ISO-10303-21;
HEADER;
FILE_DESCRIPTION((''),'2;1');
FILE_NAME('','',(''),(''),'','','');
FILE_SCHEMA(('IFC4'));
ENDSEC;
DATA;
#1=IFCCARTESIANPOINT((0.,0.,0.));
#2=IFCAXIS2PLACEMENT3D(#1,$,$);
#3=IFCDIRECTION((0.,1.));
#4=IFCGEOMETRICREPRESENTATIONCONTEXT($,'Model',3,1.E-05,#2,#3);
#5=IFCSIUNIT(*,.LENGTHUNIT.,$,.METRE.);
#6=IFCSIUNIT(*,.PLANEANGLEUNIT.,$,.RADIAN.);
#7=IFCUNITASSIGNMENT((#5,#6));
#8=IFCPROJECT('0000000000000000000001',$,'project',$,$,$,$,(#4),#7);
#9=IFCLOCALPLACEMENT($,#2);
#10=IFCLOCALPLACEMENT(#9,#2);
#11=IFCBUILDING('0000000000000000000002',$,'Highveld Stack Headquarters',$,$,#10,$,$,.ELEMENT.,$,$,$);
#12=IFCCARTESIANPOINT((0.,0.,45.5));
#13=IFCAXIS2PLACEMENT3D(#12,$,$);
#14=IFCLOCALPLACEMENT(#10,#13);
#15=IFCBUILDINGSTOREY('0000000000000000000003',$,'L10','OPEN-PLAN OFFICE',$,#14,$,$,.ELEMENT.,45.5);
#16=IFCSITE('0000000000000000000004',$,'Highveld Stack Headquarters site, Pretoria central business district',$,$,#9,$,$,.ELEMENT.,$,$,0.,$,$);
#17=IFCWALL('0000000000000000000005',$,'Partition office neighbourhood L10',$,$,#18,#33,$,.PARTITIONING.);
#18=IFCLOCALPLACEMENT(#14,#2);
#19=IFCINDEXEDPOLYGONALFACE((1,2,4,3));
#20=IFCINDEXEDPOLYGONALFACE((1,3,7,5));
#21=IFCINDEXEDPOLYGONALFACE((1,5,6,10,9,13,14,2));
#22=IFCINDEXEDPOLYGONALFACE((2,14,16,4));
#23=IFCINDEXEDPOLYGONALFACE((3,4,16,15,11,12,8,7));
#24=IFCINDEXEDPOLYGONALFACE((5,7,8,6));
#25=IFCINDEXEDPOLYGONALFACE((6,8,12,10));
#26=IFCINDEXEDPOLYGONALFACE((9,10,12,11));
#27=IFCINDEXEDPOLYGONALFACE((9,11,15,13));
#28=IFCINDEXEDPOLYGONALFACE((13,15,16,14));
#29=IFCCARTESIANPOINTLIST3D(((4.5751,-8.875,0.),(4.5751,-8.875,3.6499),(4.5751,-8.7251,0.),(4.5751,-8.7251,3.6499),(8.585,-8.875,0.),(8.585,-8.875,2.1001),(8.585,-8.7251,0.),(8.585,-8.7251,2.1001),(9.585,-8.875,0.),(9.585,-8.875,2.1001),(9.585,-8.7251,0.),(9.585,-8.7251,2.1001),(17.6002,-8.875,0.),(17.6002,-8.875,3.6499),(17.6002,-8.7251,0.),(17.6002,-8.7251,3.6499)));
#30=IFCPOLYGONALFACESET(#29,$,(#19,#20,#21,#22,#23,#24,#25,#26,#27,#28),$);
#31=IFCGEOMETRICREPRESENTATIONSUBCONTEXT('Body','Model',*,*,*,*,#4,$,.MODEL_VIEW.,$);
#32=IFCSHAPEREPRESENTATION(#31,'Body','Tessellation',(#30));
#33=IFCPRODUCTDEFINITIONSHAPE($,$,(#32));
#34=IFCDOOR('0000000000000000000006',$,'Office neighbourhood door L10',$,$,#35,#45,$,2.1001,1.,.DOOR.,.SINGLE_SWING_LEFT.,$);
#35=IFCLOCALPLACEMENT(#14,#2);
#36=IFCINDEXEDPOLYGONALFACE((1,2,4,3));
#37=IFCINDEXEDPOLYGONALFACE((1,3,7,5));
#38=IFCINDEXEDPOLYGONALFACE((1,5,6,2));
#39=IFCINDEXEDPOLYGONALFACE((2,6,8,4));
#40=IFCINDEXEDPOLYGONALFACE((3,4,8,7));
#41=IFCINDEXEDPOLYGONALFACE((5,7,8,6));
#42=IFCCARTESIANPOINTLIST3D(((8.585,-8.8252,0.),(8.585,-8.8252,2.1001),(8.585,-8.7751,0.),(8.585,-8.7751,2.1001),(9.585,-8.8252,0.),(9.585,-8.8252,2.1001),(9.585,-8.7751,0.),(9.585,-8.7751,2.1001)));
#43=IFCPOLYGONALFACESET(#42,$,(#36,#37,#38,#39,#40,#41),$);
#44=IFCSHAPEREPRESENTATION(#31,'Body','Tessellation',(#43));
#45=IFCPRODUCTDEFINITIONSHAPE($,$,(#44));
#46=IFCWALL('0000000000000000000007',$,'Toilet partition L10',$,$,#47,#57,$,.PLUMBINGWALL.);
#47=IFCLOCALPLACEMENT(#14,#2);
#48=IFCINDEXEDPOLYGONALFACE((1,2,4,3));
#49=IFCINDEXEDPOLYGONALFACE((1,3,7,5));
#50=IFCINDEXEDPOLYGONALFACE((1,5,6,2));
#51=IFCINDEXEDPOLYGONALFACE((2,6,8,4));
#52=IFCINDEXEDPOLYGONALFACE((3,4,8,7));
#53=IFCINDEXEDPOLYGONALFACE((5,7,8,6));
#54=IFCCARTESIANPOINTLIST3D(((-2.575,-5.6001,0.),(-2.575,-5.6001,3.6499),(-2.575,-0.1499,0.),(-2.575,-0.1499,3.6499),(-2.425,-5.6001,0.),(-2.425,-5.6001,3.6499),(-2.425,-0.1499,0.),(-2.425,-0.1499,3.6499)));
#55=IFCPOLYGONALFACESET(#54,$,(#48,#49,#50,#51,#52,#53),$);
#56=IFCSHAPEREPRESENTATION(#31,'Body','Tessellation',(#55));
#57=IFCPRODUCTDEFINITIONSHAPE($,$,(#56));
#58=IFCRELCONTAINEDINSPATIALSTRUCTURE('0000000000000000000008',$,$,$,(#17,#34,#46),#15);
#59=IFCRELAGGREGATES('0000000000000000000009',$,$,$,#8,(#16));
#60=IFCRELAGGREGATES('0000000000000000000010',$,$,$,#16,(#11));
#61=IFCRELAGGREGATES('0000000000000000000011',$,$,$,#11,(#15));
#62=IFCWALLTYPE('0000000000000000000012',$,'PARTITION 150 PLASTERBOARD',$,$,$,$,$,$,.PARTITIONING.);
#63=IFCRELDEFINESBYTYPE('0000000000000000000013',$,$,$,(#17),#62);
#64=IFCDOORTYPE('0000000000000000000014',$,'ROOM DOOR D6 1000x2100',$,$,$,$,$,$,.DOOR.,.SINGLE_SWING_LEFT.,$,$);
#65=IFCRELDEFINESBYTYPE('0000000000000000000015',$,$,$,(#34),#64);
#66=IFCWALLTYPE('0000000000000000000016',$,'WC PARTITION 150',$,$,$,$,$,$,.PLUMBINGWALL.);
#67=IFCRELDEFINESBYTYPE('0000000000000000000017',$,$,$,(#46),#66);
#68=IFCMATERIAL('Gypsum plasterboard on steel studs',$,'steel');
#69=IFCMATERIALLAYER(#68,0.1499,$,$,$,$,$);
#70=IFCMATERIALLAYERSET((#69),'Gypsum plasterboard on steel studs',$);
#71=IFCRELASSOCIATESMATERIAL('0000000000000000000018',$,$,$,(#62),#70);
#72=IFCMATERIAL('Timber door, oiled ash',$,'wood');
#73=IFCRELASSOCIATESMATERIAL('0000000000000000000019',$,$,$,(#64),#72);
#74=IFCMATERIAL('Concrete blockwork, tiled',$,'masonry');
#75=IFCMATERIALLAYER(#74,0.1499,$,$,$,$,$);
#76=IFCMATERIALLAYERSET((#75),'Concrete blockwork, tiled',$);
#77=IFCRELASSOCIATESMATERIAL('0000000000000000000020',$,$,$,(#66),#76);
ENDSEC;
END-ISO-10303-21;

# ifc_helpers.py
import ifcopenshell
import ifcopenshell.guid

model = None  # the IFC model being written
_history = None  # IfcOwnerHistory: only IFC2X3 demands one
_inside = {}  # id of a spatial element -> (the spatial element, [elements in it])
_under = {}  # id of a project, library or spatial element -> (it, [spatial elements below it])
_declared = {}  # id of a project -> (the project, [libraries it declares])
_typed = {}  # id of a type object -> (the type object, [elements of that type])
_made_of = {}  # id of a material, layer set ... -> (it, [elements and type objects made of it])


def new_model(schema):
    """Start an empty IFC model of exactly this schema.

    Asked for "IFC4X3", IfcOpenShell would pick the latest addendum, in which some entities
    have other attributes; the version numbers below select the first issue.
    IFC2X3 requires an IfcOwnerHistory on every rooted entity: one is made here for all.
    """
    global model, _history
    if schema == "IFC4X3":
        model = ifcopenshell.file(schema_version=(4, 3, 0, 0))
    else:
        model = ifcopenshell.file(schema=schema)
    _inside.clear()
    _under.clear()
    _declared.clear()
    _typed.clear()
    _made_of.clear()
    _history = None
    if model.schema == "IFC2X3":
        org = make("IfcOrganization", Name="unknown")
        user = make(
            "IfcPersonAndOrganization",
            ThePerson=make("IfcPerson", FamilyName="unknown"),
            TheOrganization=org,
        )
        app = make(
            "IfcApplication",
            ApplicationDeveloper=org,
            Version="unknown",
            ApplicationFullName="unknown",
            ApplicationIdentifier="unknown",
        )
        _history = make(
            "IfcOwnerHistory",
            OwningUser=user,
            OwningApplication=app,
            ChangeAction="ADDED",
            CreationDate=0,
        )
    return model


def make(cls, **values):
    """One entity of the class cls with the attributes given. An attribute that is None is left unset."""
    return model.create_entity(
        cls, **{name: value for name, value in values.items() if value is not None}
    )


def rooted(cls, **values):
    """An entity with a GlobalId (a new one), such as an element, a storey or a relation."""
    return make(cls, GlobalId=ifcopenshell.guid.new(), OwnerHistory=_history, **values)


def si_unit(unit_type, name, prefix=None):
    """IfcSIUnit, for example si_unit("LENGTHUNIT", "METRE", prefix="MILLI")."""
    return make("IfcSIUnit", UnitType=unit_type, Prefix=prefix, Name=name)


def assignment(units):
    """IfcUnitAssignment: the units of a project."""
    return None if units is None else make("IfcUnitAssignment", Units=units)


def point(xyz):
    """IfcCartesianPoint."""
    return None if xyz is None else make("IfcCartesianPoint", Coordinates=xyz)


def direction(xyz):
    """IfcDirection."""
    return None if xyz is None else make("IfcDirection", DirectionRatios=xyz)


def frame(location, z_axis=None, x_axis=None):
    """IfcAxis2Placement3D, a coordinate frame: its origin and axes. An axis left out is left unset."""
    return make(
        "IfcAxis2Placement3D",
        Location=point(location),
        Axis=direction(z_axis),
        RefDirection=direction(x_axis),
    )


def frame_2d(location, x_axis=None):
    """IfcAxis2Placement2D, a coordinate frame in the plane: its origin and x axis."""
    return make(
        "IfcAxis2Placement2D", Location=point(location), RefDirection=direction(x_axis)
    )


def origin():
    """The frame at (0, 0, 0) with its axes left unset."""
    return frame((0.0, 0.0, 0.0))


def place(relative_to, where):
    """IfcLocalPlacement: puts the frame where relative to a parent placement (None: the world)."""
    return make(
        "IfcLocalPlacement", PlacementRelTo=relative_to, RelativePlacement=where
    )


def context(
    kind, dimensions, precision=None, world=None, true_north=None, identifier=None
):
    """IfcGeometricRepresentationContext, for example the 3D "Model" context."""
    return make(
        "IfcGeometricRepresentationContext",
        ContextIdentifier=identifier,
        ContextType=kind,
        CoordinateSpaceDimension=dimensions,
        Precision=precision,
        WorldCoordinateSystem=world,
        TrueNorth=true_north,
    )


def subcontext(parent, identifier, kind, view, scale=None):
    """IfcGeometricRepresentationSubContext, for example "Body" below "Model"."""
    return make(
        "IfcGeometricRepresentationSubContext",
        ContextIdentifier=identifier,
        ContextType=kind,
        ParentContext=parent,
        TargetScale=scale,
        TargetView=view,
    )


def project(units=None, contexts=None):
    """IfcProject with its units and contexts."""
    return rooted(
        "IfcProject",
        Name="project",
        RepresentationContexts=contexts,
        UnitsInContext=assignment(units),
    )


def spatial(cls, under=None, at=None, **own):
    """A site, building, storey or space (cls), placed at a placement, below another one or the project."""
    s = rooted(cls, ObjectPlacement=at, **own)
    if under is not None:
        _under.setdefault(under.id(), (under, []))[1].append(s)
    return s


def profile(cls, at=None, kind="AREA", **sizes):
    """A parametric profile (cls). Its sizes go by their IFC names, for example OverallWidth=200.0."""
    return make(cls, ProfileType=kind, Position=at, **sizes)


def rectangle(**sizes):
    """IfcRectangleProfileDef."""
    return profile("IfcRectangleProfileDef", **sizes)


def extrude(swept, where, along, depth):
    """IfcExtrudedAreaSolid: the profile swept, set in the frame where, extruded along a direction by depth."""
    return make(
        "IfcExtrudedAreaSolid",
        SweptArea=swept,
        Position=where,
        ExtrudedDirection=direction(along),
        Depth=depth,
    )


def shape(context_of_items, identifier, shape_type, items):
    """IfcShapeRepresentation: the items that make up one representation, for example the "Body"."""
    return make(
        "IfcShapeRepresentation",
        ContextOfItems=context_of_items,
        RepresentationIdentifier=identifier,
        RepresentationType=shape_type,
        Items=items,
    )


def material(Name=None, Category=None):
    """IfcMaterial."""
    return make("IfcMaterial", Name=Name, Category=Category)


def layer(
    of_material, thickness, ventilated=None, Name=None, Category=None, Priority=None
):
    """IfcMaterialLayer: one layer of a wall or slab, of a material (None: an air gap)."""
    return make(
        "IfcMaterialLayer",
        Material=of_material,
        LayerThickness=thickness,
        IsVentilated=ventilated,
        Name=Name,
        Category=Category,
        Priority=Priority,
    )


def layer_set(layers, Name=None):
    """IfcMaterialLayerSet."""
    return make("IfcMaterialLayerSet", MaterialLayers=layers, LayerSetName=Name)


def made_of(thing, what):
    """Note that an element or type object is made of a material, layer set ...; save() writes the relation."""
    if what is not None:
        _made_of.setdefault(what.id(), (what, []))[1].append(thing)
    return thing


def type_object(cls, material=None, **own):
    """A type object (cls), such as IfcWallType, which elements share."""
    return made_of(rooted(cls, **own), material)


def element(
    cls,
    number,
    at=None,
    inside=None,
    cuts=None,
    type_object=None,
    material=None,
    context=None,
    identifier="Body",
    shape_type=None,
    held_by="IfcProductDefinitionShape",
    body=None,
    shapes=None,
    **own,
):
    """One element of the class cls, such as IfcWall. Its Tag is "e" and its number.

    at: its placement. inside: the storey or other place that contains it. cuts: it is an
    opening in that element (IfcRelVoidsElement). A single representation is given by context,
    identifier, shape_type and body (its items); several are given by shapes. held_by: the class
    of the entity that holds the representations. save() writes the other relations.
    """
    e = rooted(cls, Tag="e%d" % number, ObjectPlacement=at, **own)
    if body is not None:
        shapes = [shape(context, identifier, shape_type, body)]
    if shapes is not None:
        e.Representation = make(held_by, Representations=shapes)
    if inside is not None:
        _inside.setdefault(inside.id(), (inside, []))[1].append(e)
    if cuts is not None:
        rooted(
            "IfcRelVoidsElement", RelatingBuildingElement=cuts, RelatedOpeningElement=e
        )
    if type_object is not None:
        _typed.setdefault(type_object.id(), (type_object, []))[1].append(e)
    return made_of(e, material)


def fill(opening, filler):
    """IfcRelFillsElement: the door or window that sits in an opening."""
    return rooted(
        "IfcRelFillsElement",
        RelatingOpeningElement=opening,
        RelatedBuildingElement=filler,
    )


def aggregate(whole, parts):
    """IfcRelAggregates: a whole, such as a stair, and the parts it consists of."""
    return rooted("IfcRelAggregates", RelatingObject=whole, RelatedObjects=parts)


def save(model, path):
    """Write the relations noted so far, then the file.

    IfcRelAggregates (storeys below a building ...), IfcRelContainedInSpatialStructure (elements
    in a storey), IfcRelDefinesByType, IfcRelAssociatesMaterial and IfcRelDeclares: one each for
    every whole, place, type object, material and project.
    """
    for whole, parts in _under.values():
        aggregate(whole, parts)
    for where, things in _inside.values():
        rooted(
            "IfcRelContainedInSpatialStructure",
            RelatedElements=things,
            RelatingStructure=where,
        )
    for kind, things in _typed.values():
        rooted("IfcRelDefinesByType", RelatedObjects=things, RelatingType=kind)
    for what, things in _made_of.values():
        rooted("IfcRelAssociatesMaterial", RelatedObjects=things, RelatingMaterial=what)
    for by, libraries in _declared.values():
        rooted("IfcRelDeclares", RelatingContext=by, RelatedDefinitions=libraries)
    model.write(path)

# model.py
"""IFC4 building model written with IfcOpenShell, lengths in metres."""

from ifc_helpers import new_model, si_unit, direction, frame, frame_2d, origin, place, context, subcontext, project, spatial, rectangle, extrude, material, layer, layer_set, type_object, element, fill, save


model = new_model("IFC4")

# Units and contexts
model_context = context("Model", 3, precision=1e-05, world=origin(), true_north=direction((0.0, 1.0)))
body_context = subcontext(model_context, "Body", "Model", "MODEL_VIEW")
ifc_project = project(units=[si_unit("LENGTHUNIT", "METRE"), si_unit("PLANEANGLEUNIT", "RADIAN")], contexts=[model_context])

# Site, building, storey
site_placement = place(None, origin())
site = spatial("IfcSite", under=ifc_project, at=site_placement, Name="Highveld Stack Headquarters site, Pretoria central business district", CompositionType="ELEMENT", RefElevation=0.0)
building_placement = place(site_placement, origin())
building = spatial("IfcBuilding", under=site, at=building_placement, Name="Highveld Stack Headquarters", CompositionType="ELEMENT")
storey_placement = place(building_placement, frame((0.0, 0.0, 45.5)))
storey = spatial("IfcBuildingStorey", under=building, at=storey_placement, Name="L10", Description="OPEN-PLAN OFFICE", CompositionType="ELEMENT", Elevation=45.5)

# Shared definitions
ifc_material_1 = material(Name="Gypsum plasterboard on steel studs", Category="steel")
ifc_layer_1 = layer(ifc_material_1, 0.1499)
ifc_layer_set_1 = layer_set([ifc_layer_1], Name="Gypsum plasterboard on steel studs")
wall_type_1 = type_object("IfcWallType", Name="PARTITION 150 PLASTERBOARD", PredefinedType="PARTITIONING", material=ifc_layer_set_1)
ifc_material_2 = material(Name="Timber door, oiled ash", Category="wood")
door_type_1 = type_object("IfcDoorType", Name="ROOM DOOR D6 1000x2100", OperationType="SINGLE_SWING_LEFT", PredefinedType="DOOR", material=ifc_material_2)

# Wall, opening, door
wall_1_placement = place(storey_placement, frame((4.575, -8.8, 0.0), z_axis=(0.0, 0.0, 1.0), x_axis=(1.0, 0.0, 0.0)))
wall_1 = element("IfcWall", 1, at=wall_1_placement, inside=storey, type_object=wall_type_1, Name="Partition office neighbourhood L10", PredefinedType="PARTITIONING", context=body_context, shape_type="SweptSolid", body=[
    extrude(rectangle(XDim=13.0251, YDim=0.1499, at=frame_2d((6.5127, 0.0))), origin(), (0.0, 0.0, 1.0), 3.6499),
])
opening_1_placement = place(wall_1_placement, frame((4.01, 0.0, 0.0)))
opening_1 = element("IfcOpeningElement", 2, at=opening_1_placement, cuts=wall_1, PredefinedType="OPENING", context=body_context, shape_type="SweptSolid", body=[
    extrude(rectangle(XDim=1.0, YDim=2.1001, at=frame_2d((0.5, 1.05))), frame((0.0, 0.085, 0.0), z_axis=(0.0, -1.0, 0.0), x_axis=(1.0, 0.0, 0.0)), (0.0, 0.0, 1.0), 0.1699),
])
door_1_placement = place(opening_1_placement, origin())
door_1 = element("IfcDoor", 3, at=door_1_placement, inside=storey, type_object=door_type_1, Name="Office neighbourhood door L10", OperationType="SINGLE_SWING_LEFT", OverallHeight=2.1001, OverallWidth=1.0, PredefinedType="DOOR", context=body_context, shape_type="SweptSolid", body=[
    extrude(rectangle(XDim=1.0, YDim=2.1001, at=frame_2d((0.5, 1.05))), frame((0.0, 0.0249, 0.0), z_axis=(0.0, -1.0, 0.0), x_axis=(1.0, 0.0, 0.0)), (0.0, 0.0, 1.0), 0.05),
])
fill(opening_1, door_1)

# Wall
ifc_material_3 = material(Name="Concrete blockwork, tiled", Category="masonry")
ifc_layer_2 = layer(ifc_material_3, 0.1499)
ifc_layer_set_2 = layer_set([ifc_layer_2], Name="Concrete blockwork, tiled")
wall_type_2 = type_object("IfcWallType", Name="WC PARTITION 150", PredefinedType="PLUMBINGWALL", material=ifc_layer_set_2)
wall_2_placement = place(storey_placement, frame((-2.5, -5.6001, 0.0), z_axis=(0.0, 0.0, 1.0), x_axis=(0.0, 1.0, 0.0)))
element("IfcWall", 4, at=wall_2_placement, inside=storey, type_object=wall_type_2, Name="Toilet partition L10", PredefinedType="PLUMBINGWALL", context=body_context, shape_type="SweptSolid", body=[
    extrude(rectangle(XDim=5.4502, YDim=0.1499, at=frame_2d((2.7251, 0.0))), origin(), (0.0, 0.0, 1.0), 3.6499),
])

save(model, "model.ifc")
